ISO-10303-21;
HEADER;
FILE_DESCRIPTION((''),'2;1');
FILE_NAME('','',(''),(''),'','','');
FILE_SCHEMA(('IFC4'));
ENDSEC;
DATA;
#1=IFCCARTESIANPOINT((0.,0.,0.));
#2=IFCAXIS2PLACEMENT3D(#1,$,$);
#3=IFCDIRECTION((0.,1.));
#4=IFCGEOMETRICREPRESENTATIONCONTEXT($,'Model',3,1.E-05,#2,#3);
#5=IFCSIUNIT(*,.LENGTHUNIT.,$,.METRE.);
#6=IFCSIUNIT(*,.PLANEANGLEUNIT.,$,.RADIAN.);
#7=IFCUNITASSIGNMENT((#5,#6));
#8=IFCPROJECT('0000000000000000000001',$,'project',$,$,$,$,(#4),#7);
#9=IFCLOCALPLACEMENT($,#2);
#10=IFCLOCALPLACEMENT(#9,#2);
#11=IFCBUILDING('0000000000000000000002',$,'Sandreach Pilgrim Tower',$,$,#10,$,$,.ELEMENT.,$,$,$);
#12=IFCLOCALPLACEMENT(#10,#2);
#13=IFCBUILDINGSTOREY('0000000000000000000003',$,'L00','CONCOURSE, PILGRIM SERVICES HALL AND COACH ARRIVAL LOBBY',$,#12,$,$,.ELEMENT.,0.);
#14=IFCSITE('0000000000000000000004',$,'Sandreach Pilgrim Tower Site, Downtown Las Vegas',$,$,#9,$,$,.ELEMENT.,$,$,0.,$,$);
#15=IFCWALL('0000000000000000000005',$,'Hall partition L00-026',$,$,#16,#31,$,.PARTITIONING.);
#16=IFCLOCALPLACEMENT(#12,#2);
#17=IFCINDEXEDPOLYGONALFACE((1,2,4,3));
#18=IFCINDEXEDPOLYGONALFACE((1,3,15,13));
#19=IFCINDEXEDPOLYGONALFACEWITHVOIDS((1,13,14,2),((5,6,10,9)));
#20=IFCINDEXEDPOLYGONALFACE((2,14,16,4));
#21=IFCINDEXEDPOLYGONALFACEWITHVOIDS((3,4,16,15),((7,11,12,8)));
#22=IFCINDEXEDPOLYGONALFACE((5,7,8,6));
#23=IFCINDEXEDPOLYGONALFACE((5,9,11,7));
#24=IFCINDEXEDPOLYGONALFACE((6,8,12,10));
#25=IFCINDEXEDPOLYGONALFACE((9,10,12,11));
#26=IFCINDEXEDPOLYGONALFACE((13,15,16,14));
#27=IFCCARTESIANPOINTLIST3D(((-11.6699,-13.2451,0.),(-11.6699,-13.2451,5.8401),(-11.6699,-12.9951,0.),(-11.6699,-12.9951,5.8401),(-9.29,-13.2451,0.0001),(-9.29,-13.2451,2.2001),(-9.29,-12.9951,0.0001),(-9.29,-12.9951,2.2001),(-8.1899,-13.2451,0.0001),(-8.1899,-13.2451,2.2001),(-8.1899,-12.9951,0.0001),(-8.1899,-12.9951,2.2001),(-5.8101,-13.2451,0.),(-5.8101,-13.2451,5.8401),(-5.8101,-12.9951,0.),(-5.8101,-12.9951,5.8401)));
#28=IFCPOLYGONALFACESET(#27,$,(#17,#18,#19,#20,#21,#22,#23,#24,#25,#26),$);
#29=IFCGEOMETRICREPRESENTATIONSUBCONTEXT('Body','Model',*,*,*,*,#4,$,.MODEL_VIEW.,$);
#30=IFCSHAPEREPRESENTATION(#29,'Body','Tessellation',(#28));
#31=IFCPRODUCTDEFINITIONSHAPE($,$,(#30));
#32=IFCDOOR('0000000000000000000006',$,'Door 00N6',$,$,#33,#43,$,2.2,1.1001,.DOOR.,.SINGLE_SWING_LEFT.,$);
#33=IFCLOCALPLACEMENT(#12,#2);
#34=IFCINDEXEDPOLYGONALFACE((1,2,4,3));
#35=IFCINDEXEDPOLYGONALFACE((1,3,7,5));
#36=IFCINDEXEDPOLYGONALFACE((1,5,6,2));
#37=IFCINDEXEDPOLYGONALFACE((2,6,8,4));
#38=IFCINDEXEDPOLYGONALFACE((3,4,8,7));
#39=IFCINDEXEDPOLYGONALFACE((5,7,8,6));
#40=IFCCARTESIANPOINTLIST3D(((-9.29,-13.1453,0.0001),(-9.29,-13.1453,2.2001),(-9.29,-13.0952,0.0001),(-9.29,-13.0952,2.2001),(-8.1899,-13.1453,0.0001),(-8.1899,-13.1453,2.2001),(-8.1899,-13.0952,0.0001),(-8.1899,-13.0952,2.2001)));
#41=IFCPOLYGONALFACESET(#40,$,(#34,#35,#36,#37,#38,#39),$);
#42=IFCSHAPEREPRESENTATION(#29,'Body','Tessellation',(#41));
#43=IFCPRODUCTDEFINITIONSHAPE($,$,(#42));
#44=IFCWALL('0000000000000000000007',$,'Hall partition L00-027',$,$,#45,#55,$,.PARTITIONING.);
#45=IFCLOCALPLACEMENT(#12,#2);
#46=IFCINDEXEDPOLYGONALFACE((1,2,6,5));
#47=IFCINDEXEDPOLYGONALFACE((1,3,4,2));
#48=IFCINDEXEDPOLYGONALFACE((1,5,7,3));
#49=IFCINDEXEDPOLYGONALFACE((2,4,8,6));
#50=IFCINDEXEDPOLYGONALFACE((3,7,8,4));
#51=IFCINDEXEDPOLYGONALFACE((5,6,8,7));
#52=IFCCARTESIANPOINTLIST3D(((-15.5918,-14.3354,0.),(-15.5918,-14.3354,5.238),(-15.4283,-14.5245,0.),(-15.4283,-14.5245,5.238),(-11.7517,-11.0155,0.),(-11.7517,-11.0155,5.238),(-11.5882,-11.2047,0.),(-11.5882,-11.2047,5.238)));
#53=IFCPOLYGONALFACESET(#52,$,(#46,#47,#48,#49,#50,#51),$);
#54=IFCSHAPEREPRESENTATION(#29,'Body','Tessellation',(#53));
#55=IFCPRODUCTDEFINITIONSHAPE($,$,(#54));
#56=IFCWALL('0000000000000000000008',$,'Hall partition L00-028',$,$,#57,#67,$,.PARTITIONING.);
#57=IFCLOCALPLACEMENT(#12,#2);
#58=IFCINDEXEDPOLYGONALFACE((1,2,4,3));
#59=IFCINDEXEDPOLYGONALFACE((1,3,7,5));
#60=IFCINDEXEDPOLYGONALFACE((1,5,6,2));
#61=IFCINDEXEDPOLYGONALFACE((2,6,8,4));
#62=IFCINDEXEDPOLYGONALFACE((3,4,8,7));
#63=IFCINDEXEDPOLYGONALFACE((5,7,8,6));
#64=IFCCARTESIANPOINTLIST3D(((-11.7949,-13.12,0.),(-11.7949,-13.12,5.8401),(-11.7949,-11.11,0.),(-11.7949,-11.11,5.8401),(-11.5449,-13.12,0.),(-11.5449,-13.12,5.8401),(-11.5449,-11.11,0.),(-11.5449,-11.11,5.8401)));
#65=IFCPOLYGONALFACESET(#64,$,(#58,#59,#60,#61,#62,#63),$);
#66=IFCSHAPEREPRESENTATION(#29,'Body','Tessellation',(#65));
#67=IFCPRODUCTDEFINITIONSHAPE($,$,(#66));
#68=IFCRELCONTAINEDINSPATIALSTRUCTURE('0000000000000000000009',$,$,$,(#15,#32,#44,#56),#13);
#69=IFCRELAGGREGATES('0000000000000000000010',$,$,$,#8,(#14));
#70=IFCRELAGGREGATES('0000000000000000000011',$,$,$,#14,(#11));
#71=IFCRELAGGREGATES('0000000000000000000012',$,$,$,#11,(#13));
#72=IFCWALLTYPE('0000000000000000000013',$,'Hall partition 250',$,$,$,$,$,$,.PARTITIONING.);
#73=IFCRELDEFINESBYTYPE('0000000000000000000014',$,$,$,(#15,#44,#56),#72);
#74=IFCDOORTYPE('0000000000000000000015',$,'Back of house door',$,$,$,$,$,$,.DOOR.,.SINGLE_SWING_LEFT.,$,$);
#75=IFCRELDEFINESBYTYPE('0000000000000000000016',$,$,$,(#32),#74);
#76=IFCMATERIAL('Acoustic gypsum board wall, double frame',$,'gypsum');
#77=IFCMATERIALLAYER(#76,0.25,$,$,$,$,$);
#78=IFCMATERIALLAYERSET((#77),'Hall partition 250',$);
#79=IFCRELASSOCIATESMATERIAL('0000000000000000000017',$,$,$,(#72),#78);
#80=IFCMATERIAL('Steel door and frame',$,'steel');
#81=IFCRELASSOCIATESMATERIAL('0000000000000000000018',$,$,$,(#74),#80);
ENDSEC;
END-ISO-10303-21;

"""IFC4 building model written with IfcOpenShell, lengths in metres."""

from ifc_helpers import new_model, si_unit, direction, frame, frame_2d, origin, place, context, subcontext, project, spatial, rectangle, extrude, material, layer, layer_set, type_object, element, fill, save


model = new_model("IFC4")

# Units and contexts
model_context = context("Model", 3, precision=1e-05, world=origin(), true_north=direction((0.0, 1.0)))
body_context = subcontext(model_context, "Body", "Model", "MODEL_VIEW")
ifc_project = project(units=[si_unit("LENGTHUNIT", "METRE"), si_unit("PLANEANGLEUNIT", "RADIAN")], contexts=[model_context])

# Site, building, storey
site_placement = place(None, origin())
site = spatial("IfcSite", under=ifc_project, at=site_placement, Name="Sandreach Pilgrim Tower Site, Downtown Las Vegas", CompositionType="ELEMENT", RefElevation=0.0)
building_placement = place(site_placement, origin())
building = spatial("IfcBuilding", under=site, at=building_placement, Name="Sandreach Pilgrim Tower", CompositionType="ELEMENT")
storey_placement = place(building_placement, origin())
storey = spatial("IfcBuildingStorey", under=building, at=storey_placement, Name="L00", Description="CONCOURSE, PILGRIM SERVICES HALL AND COACH ARRIVAL LOBBY", CompositionType="ELEMENT", Elevation=0.0)

# Shared definitions
ifc_material_1 = material(Name="Acoustic gypsum board wall, double frame", Category="gypsum")
ifc_layer_1 = layer(ifc_material_1, 0.25)
ifc_layer_set_1 = layer_set([ifc_layer_1], Name="Hall partition 250")
wall_type_1 = type_object("IfcWallType", Name="Hall partition 250", PredefinedType="PARTITIONING", material=ifc_layer_set_1)

# Wall, opening, door
wall_1_placement = place(storey_placement, frame((-11.6699, -13.1201, 0.0), z_axis=(0.0, 0.0, 1.0), x_axis=(1.0, 0.0, 0.0)))
wall_1 = element("IfcWall", 1, at=wall_1_placement, inside=storey, type_object=wall_type_1, Name="Hall partition L00-026", PredefinedType="PARTITIONING", context=body_context, shape_type="SweptSolid", body=[
    extrude(rectangle(XDim=5.8599, YDim=0.25, at=frame_2d((2.9299, 0.0))), origin(), (0.0, 0.0, 1.0), 5.8401),
])
opening_1_placement = place(wall_1_placement, frame((2.3799, 0.0, 0.0)))
opening_1 = element("IfcOpeningElement", 2, at=opening_1_placement, cuts=wall_1, PredefinedType="OPENING", context=body_context, shape_type="SweptSolid", body=[
    extrude(rectangle(XDim=1.1001, YDim=2.2, at=frame_2d((0.55, 1.1001))), frame((0.0, 0.125, 0.0), z_axis=(0.0, -1.0, 0.0), x_axis=(1.0, 0.0, 0.0)), (0.0, 0.0, 1.0), 0.25),
])
ifc_material_2 = material(Name="Steel door and frame", Category="steel")
door_type_1 = type_object("IfcDoorType", Name="Back of house door", OperationType="SINGLE_SWING_LEFT", PredefinedType="DOOR", material=ifc_material_2)
door_1_placement = place(opening_1_placement, origin())
door_1 = element("IfcDoor", 3, at=door_1_placement, inside=storey, type_object=door_type_1, Name="Door 00N6", OperationType="SINGLE_SWING_LEFT", OverallHeight=2.2, OverallWidth=1.1001, PredefinedType="DOOR", context=body_context, shape_type="SweptSolid", body=[
    extrude(rectangle(XDim=1.1001, YDim=2.2, at=frame_2d((0.55, 1.1001))), frame((0.0, 0.0249, 0.0), z_axis=(0.0, -1.0, 0.0), x_axis=(1.0, 0.0, 0.0)), (0.0, 0.0, 1.0), 0.05),
])
fill(opening_1, door_1)

# Walls
wall_2_placement = place(storey_placement, frame((-11.6699, -11.1101, 0.0), z_axis=(0.0, 0.0, 1.0), x_axis=(-0.756493, -0.654002, 0.0)))
element("IfcWall", 4, at=wall_2_placement, inside=storey, type_object=wall_type_1, Name="Hall partition L00-027", PredefinedType="PARTITIONING", context=body_context, shape_type="SweptSolid", body=[
    extrude(rectangle(XDim=5.0762, YDim=0.25, at=frame_2d((2.5381, 0.0))), origin(), (0.0, 0.0, 1.0), 5.238),
])
wall_3_placement = place(storey_placement, frame((-11.6699, -11.1101, 0.0), z_axis=(0.0, 0.0, 1.0), x_axis=(0.0, -1.0, 0.0)))
element("IfcWall", 5, at=wall_3_placement, inside=storey, type_object=wall_type_1, Name="Hall partition L00-028", PredefinedType="PARTITIONING", context=body_context, shape_type="SweptSolid", body=[
    extrude(rectangle(XDim=2.01, YDim=0.25, at=frame_2d((1.0049, 0.0))), origin(), (0.0, 0.0, 1.0), 5.8401),
])

save(model, "model.ifc")
